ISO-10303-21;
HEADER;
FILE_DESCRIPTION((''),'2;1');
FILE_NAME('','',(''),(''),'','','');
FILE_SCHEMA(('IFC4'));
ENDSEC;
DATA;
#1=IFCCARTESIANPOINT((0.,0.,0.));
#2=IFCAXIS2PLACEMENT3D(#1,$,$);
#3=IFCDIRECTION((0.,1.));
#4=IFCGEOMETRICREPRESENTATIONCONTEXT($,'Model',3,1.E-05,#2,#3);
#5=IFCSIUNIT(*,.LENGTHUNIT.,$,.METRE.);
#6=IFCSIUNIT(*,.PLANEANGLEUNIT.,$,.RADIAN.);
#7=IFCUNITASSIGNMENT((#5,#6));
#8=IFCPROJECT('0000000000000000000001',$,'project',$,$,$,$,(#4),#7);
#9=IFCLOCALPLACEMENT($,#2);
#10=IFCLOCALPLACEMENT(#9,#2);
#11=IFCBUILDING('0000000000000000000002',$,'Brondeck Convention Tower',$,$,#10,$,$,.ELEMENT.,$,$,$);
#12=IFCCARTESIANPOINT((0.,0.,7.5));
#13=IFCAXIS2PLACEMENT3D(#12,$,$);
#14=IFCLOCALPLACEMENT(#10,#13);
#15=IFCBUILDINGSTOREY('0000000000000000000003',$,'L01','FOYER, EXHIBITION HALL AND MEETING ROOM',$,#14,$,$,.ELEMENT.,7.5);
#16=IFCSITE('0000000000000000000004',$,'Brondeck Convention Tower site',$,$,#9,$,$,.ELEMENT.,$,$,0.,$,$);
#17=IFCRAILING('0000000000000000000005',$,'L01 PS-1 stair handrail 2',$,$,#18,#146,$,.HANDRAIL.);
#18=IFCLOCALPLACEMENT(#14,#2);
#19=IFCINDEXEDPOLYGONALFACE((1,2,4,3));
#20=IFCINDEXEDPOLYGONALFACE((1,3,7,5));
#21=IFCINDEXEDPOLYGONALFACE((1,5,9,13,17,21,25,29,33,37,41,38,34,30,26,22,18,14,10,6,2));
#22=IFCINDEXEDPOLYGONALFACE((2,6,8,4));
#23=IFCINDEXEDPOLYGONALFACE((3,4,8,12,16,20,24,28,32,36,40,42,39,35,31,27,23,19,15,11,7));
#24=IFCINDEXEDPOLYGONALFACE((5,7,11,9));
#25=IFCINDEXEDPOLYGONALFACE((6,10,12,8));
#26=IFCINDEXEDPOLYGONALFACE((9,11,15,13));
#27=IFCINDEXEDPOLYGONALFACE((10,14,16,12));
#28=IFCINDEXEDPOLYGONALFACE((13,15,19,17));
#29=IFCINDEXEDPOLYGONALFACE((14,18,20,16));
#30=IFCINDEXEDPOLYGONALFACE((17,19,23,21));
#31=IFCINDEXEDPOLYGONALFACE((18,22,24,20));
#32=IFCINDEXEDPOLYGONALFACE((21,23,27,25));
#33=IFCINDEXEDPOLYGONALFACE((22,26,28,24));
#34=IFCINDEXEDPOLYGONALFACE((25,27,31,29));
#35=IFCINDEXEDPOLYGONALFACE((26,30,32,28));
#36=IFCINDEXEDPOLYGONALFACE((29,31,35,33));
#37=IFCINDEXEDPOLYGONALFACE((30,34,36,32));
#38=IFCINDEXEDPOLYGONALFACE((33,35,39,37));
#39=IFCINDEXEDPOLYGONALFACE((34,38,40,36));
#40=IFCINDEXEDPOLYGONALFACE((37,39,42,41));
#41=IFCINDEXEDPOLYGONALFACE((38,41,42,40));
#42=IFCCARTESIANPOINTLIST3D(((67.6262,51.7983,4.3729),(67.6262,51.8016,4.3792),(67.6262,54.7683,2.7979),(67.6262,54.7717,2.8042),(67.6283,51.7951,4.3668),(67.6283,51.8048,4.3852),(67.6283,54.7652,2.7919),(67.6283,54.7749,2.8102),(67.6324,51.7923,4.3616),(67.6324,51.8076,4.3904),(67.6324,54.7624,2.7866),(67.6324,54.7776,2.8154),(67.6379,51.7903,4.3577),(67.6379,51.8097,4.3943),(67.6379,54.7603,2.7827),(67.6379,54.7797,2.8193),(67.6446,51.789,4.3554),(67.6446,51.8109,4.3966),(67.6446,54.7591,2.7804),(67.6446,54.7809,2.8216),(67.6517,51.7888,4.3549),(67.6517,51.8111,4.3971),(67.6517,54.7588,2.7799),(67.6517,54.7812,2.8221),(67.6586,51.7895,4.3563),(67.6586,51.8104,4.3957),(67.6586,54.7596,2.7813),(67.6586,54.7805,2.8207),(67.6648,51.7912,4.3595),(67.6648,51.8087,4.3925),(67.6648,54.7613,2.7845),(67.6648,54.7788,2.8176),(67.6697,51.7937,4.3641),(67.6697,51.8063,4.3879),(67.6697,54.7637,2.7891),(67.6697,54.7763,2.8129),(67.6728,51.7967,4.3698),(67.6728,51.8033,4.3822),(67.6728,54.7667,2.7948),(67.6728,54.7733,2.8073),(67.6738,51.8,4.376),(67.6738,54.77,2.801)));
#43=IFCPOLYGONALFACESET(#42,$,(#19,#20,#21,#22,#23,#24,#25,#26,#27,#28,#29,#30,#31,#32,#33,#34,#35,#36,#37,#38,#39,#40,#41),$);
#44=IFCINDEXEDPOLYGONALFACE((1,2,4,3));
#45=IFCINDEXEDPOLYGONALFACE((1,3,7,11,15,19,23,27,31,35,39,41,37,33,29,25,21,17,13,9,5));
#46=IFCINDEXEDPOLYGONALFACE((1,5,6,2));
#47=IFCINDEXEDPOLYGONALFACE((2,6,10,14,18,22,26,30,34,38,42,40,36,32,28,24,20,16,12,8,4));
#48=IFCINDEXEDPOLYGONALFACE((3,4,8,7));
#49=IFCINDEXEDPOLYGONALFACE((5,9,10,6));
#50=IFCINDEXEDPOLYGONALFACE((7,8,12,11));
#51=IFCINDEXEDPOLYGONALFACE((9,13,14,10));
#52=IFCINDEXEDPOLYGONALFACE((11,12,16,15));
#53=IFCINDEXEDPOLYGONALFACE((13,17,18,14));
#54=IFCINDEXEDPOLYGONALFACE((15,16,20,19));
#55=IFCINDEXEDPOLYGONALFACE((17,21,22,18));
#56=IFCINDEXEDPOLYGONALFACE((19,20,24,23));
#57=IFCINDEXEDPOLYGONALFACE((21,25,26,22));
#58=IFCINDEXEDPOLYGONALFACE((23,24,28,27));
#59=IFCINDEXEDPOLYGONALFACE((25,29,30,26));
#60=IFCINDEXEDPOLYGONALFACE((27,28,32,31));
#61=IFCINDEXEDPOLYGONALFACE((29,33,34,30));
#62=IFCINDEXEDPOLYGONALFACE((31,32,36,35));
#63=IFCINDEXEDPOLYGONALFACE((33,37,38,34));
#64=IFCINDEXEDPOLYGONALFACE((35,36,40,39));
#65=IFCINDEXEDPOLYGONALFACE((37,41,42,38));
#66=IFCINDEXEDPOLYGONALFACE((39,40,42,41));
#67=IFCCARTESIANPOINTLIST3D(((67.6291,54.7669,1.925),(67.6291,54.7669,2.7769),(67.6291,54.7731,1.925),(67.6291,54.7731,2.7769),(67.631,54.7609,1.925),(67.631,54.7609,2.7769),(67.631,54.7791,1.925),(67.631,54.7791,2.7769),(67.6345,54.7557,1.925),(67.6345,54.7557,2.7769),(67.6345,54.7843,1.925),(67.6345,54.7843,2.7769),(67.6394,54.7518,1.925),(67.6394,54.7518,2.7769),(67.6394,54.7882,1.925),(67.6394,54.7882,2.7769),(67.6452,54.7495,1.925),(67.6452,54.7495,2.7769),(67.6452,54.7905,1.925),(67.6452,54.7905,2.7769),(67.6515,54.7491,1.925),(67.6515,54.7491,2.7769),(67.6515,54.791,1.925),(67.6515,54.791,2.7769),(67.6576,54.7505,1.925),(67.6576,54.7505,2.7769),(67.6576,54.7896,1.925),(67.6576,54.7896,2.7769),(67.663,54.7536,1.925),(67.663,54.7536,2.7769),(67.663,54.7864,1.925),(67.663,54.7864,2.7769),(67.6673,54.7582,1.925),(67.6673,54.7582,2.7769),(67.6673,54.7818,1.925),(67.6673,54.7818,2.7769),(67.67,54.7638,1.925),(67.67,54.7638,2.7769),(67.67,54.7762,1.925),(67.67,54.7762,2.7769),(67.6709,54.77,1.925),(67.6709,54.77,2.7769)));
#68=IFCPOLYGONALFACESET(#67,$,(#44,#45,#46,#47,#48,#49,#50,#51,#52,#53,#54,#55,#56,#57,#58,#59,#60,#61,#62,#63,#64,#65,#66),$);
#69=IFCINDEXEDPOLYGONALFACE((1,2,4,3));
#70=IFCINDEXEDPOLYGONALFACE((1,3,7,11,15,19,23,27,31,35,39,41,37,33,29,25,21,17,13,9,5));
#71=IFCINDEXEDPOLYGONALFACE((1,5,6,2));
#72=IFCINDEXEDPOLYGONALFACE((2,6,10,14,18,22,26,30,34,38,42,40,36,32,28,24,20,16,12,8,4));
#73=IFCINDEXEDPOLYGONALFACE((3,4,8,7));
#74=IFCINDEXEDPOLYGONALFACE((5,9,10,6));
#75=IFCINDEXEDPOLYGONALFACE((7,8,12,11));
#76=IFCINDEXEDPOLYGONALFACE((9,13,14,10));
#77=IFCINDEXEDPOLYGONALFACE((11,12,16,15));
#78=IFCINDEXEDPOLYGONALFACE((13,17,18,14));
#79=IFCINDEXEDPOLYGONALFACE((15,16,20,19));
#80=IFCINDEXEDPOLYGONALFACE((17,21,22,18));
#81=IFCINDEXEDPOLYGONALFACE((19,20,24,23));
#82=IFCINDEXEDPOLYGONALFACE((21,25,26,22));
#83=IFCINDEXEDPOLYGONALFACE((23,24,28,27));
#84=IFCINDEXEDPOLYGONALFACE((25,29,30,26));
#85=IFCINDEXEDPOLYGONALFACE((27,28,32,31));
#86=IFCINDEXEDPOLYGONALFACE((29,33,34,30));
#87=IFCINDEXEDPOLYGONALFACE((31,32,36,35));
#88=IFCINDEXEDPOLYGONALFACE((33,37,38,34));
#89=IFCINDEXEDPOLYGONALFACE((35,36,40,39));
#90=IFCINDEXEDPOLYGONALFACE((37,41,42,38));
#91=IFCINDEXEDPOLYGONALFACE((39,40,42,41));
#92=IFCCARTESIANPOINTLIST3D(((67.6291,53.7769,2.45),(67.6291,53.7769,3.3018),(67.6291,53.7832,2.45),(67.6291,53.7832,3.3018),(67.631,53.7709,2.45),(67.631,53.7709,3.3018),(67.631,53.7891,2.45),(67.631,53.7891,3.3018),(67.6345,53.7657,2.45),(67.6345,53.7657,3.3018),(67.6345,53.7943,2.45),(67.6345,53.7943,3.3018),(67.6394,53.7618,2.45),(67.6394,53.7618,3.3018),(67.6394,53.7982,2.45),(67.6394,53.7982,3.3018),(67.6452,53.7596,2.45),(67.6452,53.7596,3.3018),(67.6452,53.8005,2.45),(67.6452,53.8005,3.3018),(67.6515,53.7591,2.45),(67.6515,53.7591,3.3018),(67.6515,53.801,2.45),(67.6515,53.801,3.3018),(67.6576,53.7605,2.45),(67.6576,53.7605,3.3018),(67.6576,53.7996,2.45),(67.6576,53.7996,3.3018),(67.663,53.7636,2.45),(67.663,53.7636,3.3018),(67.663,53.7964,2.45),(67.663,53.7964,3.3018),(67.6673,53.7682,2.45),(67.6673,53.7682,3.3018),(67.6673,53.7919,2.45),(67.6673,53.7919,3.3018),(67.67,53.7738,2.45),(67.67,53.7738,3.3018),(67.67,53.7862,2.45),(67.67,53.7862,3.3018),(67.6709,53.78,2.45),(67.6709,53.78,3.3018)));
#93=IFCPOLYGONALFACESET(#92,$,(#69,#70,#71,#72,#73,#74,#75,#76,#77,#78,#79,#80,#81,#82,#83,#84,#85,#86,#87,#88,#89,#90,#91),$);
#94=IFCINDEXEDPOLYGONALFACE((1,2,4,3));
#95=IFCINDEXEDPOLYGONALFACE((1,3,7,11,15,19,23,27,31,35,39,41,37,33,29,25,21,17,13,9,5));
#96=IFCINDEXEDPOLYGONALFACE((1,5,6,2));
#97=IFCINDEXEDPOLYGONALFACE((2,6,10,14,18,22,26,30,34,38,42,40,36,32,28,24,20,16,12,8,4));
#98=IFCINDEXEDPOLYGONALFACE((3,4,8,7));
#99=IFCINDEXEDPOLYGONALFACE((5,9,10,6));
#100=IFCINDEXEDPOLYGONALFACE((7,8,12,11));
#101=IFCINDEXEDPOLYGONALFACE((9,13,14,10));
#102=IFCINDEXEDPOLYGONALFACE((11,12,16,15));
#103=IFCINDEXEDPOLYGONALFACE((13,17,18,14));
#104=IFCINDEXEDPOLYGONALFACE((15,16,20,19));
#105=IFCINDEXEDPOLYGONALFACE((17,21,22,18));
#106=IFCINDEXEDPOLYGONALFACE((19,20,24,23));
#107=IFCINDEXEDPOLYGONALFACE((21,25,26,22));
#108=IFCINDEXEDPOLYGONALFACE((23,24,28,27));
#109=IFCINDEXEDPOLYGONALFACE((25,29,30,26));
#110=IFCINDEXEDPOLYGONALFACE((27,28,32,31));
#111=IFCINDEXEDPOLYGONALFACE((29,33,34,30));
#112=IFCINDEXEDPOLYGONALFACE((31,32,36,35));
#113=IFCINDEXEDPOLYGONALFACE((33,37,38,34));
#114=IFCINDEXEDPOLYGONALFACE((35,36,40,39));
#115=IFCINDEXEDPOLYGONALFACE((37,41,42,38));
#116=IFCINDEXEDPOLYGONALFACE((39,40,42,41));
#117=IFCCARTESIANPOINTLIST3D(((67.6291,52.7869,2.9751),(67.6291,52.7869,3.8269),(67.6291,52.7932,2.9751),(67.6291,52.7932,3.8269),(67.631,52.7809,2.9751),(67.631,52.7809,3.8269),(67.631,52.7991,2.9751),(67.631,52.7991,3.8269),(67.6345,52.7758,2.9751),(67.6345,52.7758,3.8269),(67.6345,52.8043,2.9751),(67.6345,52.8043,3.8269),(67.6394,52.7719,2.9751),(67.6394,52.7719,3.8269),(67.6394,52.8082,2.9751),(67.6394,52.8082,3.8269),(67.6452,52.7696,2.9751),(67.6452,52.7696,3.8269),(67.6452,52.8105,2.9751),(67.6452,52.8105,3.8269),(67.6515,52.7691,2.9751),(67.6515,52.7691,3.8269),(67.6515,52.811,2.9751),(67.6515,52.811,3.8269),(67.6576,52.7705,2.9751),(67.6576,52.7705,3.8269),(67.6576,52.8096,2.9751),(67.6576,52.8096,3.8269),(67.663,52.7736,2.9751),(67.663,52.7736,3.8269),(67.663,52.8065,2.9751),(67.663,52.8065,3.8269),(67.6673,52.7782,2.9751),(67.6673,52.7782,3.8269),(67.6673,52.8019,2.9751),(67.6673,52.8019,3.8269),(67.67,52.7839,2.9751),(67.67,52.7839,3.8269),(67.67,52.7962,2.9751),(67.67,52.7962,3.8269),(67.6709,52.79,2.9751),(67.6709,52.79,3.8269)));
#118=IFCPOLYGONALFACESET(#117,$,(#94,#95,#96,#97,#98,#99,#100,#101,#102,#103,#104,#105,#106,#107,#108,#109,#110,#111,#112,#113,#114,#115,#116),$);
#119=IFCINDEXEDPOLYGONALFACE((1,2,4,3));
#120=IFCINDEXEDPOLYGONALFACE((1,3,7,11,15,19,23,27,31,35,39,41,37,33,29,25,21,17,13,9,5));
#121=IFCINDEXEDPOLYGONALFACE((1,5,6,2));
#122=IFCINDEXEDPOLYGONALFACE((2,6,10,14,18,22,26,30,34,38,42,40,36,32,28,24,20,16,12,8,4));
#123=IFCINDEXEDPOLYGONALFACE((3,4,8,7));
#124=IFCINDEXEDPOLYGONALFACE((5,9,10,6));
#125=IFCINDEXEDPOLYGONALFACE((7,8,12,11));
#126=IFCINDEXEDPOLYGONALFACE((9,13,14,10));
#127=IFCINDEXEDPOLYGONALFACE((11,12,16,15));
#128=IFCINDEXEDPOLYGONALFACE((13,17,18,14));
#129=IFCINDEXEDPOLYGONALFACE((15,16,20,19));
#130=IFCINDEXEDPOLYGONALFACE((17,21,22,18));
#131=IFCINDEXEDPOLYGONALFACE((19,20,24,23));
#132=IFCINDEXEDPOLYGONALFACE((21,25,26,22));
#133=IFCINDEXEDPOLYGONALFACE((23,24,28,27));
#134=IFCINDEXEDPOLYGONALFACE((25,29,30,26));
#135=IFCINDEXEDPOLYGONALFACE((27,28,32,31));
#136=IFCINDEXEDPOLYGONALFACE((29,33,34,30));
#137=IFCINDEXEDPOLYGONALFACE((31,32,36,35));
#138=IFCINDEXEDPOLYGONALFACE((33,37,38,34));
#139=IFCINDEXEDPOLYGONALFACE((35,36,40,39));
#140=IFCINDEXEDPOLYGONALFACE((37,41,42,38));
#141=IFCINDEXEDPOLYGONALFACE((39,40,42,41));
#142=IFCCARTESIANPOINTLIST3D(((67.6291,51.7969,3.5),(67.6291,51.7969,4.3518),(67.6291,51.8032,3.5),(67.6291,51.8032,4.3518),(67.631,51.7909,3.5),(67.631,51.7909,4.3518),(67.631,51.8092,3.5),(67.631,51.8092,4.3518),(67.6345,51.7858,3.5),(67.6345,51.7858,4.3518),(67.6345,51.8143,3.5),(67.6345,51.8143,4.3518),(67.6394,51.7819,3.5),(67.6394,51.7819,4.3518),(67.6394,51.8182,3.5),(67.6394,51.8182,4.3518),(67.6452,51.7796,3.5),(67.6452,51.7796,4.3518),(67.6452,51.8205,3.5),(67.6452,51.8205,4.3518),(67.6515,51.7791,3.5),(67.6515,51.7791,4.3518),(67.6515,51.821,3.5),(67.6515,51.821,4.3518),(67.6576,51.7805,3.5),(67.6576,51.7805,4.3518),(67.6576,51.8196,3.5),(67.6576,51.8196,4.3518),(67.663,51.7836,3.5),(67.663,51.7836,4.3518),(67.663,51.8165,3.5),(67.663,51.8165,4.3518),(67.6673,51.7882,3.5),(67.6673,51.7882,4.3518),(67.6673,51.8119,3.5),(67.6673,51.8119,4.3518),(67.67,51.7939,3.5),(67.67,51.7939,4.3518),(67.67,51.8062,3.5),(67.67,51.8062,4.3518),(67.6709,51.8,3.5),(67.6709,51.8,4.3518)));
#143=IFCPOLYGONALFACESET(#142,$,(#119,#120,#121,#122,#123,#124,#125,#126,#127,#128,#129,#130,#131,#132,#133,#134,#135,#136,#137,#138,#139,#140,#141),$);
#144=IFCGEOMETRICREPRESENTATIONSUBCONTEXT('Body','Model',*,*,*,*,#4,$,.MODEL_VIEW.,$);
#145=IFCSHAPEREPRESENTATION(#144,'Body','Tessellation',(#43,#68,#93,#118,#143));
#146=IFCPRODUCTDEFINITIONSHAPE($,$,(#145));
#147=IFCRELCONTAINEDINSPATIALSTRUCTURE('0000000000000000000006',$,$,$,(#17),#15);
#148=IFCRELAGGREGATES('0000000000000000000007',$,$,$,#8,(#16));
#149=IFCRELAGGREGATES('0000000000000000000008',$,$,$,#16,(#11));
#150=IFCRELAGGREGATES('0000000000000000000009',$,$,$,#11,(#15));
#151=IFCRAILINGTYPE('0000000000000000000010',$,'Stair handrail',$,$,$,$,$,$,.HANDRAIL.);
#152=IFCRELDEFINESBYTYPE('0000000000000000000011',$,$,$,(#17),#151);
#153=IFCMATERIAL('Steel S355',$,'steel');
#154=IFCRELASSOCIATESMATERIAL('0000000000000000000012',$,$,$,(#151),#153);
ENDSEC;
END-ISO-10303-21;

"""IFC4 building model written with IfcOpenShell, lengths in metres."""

from ifc_helpers import new_model, si_unit, direction, frame, origin, origin_2d, place, context, subcontext, project, spatial, circle, extrude, material, type_object, element, save


model = new_model("IFC4")

# Units and contexts
model_context = context("Model", 3, precision=1e-05, world=origin(), true_north=direction((0.0, 1.0)))
body_context = subcontext(model_context, "Body", "Model", "MODEL_VIEW")
ifc_project = project(units=[si_unit("LENGTHUNIT", "METRE"), si_unit("PLANEANGLEUNIT", "RADIAN")], contexts=[model_context])

# Site, building, storey
site_placement = place(None, origin())
site = spatial("IfcSite", under=ifc_project, at=site_placement, Name="Brondeck Convention Tower site", CompositionType="ELEMENT", RefElevation=0.0)
building_placement = place(site_placement, origin())
building = spatial("IfcBuilding", under=site, at=building_placement, Name="Brondeck Convention Tower", CompositionType="ELEMENT")
storey_placement = place(building_placement, frame((0.0, 0.0, 7.5)))
storey = spatial("IfcBuildingStorey", under=building, at=storey_placement, Name="L01", Description="FOYER, EXHIBITION HALL AND MEETING ROOM", CompositionType="ELEMENT", Elevation=7.5)

# Railing
ifc_material_1 = material(Name="Steel S355", Category="steel")
railing_type_1 = type_object("IfcRailingType", Name="Stair handrail", PredefinedType="HANDRAIL", material=ifc_material_1)
railing_1_placement = place(storey_placement, frame((67.6499, 54.77, 1.925)))
element("IfcRailing", 1, at=railing_1_placement, inside=storey, type_object=railing_type_1, Name="L01 PS-1 stair handrail 2", PredefinedType="HANDRAIL", context=body_context, shape_type="SweptSolid", body=[
    extrude(circle(Radius=0.0239, at=origin_2d()), frame((0.0, 0.0, 0.876), z_axis=(0.0, -0.883466, 0.468495), x_axis=(1.0, 0.0, 0.0)), (0.0, 0.0, 1.0), 3.3618),
    extrude(circle(Radius=0.021, at=origin_2d()), origin(), (0.0, 0.0, 1.0), 0.8518),
    extrude(circle(Radius=0.021, at=origin_2d()), frame((0.0, -0.99, 0.5249)), (0.0, 0.0, 1.0), 0.8518),
    extrude(circle(Radius=0.021, at=origin_2d()), frame((0.0, -1.98, 1.05)), (0.0, 0.0, 1.0), 0.8518),
    extrude(circle(Radius=0.021, at=origin_2d()), frame((0.0, -2.97, 1.575)), (0.0, 0.0, 1.0), 0.8518),
])

save(model, "model.ifc")
